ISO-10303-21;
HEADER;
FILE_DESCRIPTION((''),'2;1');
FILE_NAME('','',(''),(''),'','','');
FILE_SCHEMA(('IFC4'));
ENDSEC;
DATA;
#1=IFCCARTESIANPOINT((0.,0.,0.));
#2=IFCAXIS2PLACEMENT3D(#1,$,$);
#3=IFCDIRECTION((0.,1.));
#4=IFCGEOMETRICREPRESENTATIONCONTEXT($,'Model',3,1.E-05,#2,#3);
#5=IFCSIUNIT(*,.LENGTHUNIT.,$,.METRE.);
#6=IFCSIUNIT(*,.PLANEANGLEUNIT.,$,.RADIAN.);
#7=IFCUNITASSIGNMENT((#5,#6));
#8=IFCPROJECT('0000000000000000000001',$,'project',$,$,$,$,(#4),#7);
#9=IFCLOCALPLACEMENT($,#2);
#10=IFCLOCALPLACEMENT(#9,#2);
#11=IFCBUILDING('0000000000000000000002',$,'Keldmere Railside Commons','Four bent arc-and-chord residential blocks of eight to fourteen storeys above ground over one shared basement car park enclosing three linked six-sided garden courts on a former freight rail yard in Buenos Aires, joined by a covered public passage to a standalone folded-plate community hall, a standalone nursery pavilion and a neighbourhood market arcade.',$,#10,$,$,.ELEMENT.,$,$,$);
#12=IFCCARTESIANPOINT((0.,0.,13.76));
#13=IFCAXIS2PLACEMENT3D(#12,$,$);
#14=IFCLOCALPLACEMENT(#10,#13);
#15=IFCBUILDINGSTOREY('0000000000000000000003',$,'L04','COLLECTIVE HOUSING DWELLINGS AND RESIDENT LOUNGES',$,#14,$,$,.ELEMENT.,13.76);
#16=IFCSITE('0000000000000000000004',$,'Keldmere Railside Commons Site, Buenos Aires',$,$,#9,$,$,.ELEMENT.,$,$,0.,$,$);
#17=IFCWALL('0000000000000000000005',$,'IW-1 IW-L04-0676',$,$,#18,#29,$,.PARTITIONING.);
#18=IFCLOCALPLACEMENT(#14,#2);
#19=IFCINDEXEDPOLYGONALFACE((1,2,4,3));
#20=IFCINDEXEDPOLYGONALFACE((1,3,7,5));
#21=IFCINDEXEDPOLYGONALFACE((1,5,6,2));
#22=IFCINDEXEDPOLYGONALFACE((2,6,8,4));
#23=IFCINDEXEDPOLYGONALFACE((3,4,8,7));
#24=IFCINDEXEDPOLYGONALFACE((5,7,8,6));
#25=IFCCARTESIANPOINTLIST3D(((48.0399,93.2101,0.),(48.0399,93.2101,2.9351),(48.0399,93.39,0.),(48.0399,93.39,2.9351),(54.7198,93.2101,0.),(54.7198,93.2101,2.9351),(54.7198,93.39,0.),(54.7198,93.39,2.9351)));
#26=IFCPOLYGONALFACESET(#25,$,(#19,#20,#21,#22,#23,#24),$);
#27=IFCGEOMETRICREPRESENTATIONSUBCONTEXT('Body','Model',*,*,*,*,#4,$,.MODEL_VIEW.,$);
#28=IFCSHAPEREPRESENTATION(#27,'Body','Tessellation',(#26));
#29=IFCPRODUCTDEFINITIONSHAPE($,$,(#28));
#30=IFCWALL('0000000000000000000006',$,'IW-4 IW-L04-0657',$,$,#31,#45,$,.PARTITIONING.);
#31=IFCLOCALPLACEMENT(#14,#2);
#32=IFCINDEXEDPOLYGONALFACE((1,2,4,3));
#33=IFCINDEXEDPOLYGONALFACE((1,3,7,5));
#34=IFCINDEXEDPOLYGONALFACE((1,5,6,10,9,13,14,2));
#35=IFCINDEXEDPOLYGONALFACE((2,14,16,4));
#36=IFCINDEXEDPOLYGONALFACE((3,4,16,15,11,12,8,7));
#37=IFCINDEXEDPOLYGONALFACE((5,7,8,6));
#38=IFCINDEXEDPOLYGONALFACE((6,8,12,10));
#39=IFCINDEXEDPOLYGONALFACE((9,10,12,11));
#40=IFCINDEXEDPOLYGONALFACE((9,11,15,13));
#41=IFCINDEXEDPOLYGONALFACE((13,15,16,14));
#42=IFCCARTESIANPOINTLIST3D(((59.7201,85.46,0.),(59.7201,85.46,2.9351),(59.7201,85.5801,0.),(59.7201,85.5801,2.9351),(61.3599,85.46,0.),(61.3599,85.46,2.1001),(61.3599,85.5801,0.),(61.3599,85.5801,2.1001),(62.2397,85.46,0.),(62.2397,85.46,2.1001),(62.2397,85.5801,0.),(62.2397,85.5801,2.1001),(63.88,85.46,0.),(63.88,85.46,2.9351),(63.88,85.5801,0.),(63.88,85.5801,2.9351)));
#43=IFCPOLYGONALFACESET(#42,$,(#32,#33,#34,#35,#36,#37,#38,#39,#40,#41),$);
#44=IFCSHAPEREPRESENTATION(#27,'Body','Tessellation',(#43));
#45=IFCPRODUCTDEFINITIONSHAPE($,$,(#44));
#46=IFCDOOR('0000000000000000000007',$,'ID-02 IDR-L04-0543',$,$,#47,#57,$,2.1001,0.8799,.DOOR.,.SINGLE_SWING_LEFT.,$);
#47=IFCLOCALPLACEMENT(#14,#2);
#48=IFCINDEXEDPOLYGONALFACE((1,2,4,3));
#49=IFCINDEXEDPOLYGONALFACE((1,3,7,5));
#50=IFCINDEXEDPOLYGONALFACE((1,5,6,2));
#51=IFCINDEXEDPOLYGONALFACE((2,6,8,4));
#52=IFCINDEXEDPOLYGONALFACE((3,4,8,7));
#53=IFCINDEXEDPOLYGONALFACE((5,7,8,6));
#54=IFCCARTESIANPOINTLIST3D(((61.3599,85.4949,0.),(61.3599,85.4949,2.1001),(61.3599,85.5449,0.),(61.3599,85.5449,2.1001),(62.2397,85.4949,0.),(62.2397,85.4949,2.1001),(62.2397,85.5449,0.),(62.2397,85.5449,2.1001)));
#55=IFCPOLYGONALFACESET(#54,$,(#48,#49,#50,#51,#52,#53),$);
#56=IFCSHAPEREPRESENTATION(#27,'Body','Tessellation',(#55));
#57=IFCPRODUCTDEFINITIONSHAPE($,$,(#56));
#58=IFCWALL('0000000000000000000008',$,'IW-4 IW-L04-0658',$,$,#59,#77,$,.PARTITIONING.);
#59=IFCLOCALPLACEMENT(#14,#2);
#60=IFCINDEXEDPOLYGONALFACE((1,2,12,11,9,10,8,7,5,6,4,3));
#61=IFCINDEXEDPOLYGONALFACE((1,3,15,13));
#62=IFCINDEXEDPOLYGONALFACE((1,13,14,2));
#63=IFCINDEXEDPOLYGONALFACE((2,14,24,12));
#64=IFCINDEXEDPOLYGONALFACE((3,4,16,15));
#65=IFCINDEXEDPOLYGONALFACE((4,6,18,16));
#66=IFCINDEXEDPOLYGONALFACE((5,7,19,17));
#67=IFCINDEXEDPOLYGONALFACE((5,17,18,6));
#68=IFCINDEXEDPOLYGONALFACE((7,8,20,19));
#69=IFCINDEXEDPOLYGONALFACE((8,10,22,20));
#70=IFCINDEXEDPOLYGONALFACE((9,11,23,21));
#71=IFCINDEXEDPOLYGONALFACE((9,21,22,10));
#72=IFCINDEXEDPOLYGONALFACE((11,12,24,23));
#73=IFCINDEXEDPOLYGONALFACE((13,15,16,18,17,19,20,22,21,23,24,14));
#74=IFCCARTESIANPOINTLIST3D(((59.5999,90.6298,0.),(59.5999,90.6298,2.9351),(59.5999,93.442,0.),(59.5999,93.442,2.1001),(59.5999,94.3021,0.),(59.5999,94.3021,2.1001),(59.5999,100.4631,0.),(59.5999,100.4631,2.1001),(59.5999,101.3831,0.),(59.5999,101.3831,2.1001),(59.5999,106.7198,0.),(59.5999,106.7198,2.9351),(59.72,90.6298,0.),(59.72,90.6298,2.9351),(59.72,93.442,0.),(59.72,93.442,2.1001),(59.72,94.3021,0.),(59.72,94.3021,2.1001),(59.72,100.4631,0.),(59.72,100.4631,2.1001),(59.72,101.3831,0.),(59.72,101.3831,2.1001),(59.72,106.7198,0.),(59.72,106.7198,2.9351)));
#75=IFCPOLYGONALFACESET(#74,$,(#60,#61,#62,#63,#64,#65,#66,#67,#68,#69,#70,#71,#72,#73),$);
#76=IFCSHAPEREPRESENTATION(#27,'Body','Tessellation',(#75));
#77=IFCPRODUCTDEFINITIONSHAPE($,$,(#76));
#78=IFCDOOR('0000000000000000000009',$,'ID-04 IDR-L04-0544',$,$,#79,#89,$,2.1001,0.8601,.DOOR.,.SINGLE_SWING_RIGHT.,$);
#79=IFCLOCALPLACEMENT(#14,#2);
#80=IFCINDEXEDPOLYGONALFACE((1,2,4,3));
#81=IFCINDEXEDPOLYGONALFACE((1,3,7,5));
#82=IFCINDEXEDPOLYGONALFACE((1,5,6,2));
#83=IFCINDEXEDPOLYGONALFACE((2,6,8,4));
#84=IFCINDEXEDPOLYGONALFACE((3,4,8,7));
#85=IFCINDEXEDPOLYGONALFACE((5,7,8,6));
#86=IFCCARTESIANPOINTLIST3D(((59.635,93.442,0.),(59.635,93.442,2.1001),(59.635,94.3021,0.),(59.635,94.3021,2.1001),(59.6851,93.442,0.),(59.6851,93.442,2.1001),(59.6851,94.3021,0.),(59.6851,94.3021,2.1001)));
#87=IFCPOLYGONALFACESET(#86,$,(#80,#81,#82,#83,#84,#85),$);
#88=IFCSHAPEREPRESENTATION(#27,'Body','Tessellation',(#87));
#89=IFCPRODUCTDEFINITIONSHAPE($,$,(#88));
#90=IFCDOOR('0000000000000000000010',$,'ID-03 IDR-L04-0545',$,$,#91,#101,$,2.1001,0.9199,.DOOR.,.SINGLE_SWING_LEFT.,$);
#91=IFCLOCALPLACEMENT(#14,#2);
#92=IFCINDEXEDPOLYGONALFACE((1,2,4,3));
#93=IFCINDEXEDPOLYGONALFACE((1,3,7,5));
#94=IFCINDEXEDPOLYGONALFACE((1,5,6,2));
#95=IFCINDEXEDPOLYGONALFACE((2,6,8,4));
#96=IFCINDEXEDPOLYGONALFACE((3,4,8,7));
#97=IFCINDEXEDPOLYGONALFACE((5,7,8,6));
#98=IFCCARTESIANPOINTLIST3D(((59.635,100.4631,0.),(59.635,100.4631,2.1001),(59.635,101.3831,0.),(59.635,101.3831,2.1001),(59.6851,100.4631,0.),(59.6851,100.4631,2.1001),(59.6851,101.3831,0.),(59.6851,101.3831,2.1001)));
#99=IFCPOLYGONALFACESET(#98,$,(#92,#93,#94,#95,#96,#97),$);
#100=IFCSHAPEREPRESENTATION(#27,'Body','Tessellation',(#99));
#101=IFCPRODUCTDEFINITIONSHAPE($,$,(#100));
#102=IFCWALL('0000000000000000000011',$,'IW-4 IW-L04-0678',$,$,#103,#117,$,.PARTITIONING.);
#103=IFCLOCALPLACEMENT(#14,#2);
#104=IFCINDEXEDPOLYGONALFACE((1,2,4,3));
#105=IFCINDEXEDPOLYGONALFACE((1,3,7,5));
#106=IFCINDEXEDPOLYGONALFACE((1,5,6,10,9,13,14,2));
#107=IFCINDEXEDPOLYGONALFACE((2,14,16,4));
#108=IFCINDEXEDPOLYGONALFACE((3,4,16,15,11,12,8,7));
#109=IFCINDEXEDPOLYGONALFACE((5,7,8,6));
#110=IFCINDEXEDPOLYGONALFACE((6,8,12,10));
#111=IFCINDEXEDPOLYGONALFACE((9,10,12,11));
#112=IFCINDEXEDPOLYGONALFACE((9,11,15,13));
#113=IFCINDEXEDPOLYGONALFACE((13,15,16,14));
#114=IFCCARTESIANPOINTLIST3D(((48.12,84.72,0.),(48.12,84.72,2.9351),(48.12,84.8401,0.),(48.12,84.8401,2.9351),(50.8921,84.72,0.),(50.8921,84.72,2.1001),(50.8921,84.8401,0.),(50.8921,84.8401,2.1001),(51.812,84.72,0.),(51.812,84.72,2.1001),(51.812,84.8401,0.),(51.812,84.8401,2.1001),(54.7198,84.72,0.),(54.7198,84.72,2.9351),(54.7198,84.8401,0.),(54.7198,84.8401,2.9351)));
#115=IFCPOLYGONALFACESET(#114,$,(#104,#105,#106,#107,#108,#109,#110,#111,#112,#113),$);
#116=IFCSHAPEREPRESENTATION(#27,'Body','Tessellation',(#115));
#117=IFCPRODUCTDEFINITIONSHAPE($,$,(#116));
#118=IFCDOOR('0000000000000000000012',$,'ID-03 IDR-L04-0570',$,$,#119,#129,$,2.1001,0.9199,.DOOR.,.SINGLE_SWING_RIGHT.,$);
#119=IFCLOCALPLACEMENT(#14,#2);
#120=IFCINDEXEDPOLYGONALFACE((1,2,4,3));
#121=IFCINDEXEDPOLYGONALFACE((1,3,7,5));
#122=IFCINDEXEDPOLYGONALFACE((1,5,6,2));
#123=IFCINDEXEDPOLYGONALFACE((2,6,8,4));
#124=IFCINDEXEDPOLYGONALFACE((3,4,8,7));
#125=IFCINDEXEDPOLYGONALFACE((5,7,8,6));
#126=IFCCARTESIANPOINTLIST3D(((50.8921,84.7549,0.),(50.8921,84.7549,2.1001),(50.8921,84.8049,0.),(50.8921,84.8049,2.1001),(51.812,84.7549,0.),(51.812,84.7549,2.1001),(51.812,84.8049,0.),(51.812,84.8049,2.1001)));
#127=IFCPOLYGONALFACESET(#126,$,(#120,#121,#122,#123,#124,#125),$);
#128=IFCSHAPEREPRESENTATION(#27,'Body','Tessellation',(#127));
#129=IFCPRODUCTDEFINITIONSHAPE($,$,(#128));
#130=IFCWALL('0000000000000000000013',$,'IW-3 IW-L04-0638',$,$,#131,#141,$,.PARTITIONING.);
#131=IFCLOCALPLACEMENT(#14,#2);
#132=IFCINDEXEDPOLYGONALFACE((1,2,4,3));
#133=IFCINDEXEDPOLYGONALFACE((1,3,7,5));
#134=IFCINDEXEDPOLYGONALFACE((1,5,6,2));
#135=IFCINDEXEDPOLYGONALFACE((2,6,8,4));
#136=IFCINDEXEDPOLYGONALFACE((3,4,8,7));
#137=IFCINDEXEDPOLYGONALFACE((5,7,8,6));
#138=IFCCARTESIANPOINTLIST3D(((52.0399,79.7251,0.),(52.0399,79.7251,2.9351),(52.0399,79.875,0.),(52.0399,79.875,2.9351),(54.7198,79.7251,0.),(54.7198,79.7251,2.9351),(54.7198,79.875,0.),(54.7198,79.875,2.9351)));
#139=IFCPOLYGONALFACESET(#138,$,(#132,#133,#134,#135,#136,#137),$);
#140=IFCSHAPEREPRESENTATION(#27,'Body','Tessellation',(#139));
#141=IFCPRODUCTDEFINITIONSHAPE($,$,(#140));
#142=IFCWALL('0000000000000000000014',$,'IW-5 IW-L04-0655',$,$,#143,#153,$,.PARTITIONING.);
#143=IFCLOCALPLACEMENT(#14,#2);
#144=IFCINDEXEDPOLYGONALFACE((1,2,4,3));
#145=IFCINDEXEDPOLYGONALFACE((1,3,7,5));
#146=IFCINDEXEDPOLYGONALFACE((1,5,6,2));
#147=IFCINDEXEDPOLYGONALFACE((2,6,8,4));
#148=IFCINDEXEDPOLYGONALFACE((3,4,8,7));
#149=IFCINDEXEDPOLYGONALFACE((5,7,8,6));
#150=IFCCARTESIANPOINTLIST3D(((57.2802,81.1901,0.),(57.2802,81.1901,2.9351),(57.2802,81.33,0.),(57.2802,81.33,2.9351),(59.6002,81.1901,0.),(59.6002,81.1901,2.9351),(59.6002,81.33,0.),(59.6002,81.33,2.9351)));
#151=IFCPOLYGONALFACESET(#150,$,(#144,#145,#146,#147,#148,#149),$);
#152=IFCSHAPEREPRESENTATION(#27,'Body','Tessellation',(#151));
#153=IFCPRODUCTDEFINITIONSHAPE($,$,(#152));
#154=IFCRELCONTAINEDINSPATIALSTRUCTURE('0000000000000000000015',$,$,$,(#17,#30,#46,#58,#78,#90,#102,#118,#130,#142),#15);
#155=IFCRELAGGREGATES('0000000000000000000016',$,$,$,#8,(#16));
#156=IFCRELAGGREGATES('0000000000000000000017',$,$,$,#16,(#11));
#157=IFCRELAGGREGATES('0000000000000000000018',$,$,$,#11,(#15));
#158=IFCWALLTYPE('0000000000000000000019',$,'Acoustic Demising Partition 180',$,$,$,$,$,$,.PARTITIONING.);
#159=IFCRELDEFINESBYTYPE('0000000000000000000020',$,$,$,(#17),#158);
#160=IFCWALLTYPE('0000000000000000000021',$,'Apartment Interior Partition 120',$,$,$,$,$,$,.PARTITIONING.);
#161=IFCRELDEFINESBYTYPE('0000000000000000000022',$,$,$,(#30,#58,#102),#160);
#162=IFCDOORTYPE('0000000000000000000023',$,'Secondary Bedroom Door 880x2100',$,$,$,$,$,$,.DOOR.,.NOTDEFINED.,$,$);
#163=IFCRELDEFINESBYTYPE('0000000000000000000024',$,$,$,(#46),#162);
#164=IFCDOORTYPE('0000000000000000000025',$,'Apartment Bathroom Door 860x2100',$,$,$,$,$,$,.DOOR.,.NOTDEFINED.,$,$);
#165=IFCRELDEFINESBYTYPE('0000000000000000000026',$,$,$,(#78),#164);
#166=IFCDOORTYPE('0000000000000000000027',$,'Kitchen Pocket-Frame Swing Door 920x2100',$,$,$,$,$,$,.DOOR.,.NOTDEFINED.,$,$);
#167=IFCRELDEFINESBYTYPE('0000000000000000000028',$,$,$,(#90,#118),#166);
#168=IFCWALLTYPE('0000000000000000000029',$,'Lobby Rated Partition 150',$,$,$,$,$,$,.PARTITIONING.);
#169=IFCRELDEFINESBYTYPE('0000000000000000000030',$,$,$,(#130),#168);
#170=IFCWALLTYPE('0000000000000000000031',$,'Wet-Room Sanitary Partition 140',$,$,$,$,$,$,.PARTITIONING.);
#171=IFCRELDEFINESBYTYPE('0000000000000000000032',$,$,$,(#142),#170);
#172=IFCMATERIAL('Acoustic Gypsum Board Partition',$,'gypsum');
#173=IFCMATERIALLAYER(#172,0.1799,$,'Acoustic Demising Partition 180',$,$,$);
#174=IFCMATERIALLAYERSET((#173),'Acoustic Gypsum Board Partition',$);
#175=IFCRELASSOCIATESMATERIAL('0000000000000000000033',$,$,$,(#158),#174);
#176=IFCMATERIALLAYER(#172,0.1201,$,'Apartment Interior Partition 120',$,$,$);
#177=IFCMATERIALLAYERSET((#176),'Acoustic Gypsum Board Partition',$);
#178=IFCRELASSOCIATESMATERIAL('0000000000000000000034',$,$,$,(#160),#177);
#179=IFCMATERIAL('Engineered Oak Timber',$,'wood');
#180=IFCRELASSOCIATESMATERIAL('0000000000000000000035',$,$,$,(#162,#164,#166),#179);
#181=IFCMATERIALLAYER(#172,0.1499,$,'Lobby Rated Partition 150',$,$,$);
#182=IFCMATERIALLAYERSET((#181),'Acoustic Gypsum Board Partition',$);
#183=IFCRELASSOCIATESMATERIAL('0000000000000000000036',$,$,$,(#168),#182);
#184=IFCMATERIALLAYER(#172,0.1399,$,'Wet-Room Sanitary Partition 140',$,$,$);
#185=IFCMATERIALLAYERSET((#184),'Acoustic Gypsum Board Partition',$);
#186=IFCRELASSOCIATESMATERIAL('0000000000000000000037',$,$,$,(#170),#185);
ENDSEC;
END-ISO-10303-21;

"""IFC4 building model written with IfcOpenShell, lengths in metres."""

from ifc_helpers import new_model, si_unit, direction, frame, frame_2d, origin, place, context, subcontext, project, spatial, rectangle, extrude, material, layer, layer_set, type_object, element, fill, save


model = new_model("IFC4")

# Units and contexts
model_context = context("Model", 3, precision=1e-05, world=origin(), true_north=direction((0.0, 1.0)))
body_context = subcontext(model_context, "Body", "Model", "MODEL_VIEW")
ifc_project = project(units=[si_unit("LENGTHUNIT", "METRE"), si_unit("PLANEANGLEUNIT", "RADIAN")], contexts=[model_context])

# Site, building, storey
site_placement = place(None, origin())
site = spatial("IfcSite", under=ifc_project, at=site_placement, Name="Keldmere Railside Commons Site, Buenos Aires", CompositionType="ELEMENT", RefElevation=0.0)
building_placement = place(site_placement, origin())
building = spatial("IfcBuilding", under=site, at=building_placement, Name="Keldmere Railside Commons", Description="Four bent arc-and-chord residential blocks of eight to fourteen storeys above ground over one shared basement car park enclosing three linked six-sided garden courts on a former freight rail yard in Buenos Aires, joined by a covered public passage to a standalone folded-plate community hall, a standalone nursery pavilion and a neighbourhood market arcade.", CompositionType="ELEMENT")
storey_placement = place(building_placement, frame((0.0, 0.0, 13.76)))
storey = spatial("IfcBuildingStorey", under=building, at=storey_placement, Name="L04", Description="COLLECTIVE HOUSING DWELLINGS AND RESIDENT LOUNGES", CompositionType="ELEMENT", Elevation=13.76)

# Wall
ifc_material_1 = material(Name="Acoustic Gypsum Board Partition", Category="gypsum")
ifc_layer_1 = layer(ifc_material_1, 0.1799, Name="Acoustic Demising Partition 180")
ifc_layer_set_1 = layer_set([ifc_layer_1], Name="Acoustic Gypsum Board Partition")
wall_type_1 = type_object("IfcWallType", Name="Acoustic Demising Partition 180", PredefinedType="PARTITIONING", material=ifc_layer_set_1)
wall_1_placement = place(storey_placement, frame((48.04, 93.3, 0.0), z_axis=(0.0, 0.0, 1.0), x_axis=(1.0, 0.0, 0.0)))
element("IfcWall", 1, at=wall_1_placement, inside=storey, type_object=wall_type_1, Name="IW-1 IW-L04-0676", PredefinedType="PARTITIONING", context=body_context, shape_type="SweptSolid", body=[
    extrude(rectangle(XDim=6.6799, YDim=0.1799, at=frame_2d((3.3398, 0.0))), origin(), (0.0, 0.0, 1.0), 2.9351),
])

# Wall, opening, door
ifc_layer_2 = layer(ifc_material_1, 0.1201, Name="Apartment Interior Partition 120")
ifc_layer_set_2 = layer_set([ifc_layer_2], Name="Acoustic Gypsum Board Partition")
wall_type_2 = type_object("IfcWallType", Name="Apartment Interior Partition 120", PredefinedType="PARTITIONING", material=ifc_layer_set_2)
wall_2_placement = place(storey_placement, frame((59.72, 85.52, 0.0), z_axis=(0.0, 0.0, 1.0), x_axis=(1.0, 0.0, 0.0)))
wall_2 = element("IfcWall", 2, at=wall_2_placement, inside=storey, type_object=wall_type_2, Name="IW-4 IW-L04-0657", PredefinedType="PARTITIONING", context=body_context, shape_type="SweptSolid", body=[
    extrude(rectangle(XDim=4.1599, YDim=0.1201, at=frame_2d((2.0801, 0.0))), origin(), (0.0, 0.0, 1.0), 2.9351),
])
opening_1_placement = place(wall_2_placement, frame((1.6399, 0.0, 0.0)))
opening_1 = element("IfcOpeningElement", 3, at=opening_1_placement, cuts=wall_2, PredefinedType="OPENING", context=body_context, shape_type="SweptSolid", body=[
    extrude(rectangle(XDim=0.8799, YDim=2.1001, at=frame_2d((0.4399, 1.05))), frame((0.0, 0.0701, 0.0), z_axis=(0.0, -1.0, 0.0), x_axis=(1.0, 0.0, 0.0)), (0.0, 0.0, 1.0), 0.1401),
])
ifc_material_2 = material(Name="Engineered Oak Timber", Category="wood")
door_type_1 = type_object("IfcDoorType", Name="Secondary Bedroom Door 880x2100", OperationType="NOTDEFINED", PredefinedType="DOOR", material=ifc_material_2)
door_1_placement = place(opening_1_placement, origin())
door_1 = element("IfcDoor", 4, at=door_1_placement, inside=storey, type_object=door_type_1, Name="ID-02 IDR-L04-0543", OperationType="SINGLE_SWING_LEFT", OverallHeight=2.1001, OverallWidth=0.8799, PredefinedType="DOOR", context=body_context, shape_type="SweptSolid", body=[
    extrude(rectangle(XDim=0.8799, YDim=2.1001, at=frame_2d((0.4399, 1.05))), frame((0.0, 0.0249, 0.0), z_axis=(0.0, -1.0, 0.0), x_axis=(1.0, 0.0, 0.0)), (0.0, 0.0, 1.0), 0.05),
])
fill(opening_1, door_1)

# Wall, openings, doors
wall_3_placement = place(storey_placement, frame((59.6599, 90.6299, 0.0), z_axis=(0.0, 0.0, 1.0), x_axis=(0.0, 1.0, 0.0)))
wall_3 = element("IfcWall", 5, at=wall_3_placement, inside=storey, type_object=wall_type_2, Name="IW-4 IW-L04-0658", PredefinedType="PARTITIONING", context=body_context, shape_type="SweptSolid", body=[
    extrude(rectangle(XDim=16.0901, YDim=0.1201, at=frame_2d((8.0449, 0.0))), origin(), (0.0, 0.0, 1.0), 2.9351),
])
opening_2_placement = place(wall_3_placement, frame((2.812, 0.0, 0.0)))
opening_2 = element("IfcOpeningElement", 6, at=opening_2_placement, cuts=wall_3, PredefinedType="OPENING", context=body_context, shape_type="SweptSolid", body=[
    extrude(rectangle(XDim=0.8601, YDim=2.1001, at=frame_2d((0.4302, 1.05))), frame((0.0, 0.0701, 0.0), z_axis=(0.0, -1.0, 0.0), x_axis=(1.0, 0.0, 0.0)), (0.0, 0.0, 1.0), 0.1401),
])
opening_3_placement = place(wall_3_placement, frame((9.8333, 0.0, 0.0)))
opening_3 = element("IfcOpeningElement", 7, at=opening_3_placement, cuts=wall_3, PredefinedType="OPENING", context=body_context, shape_type="SweptSolid", body=[
    extrude(rectangle(XDim=0.9199, YDim=2.1001, at=frame_2d((0.46, 1.05))), frame((0.0, 0.0701, 0.0), z_axis=(0.0, -1.0, 0.0), x_axis=(1.0, 0.0, 0.0)), (0.0, 0.0, 1.0), 0.1401),
])
door_type_2 = type_object("IfcDoorType", Name="Apartment Bathroom Door 860x2100", OperationType="NOTDEFINED", PredefinedType="DOOR", material=ifc_material_2)
door_2_placement = place(opening_2_placement, origin())
door_2 = element("IfcDoor", 8, at=door_2_placement, inside=storey, type_object=door_type_2, Name="ID-04 IDR-L04-0544", OperationType="SINGLE_SWING_RIGHT", OverallHeight=2.1001, OverallWidth=0.8601, PredefinedType="DOOR", context=body_context, shape_type="SweptSolid", body=[
    extrude(rectangle(XDim=0.8601, YDim=2.1001, at=frame_2d((0.4302, 1.05))), frame((0.0, 0.0249, 0.0), z_axis=(0.0, -1.0, 0.0), x_axis=(1.0, 0.0, 0.0)), (0.0, 0.0, 1.0), 0.05),
])
fill(opening_2, door_2)
door_type_3 = type_object("IfcDoorType", Name="Kitchen Pocket-Frame Swing Door 920x2100", OperationType="NOTDEFINED", PredefinedType="DOOR", material=ifc_material_2)
door_3_placement = place(opening_3_placement, origin())
door_3 = element("IfcDoor", 9, at=door_3_placement, inside=storey, type_object=door_type_3, Name="ID-03 IDR-L04-0545", OperationType="SINGLE_SWING_LEFT", OverallHeight=2.1001, OverallWidth=0.9199, PredefinedType="DOOR", context=body_context, shape_type="SweptSolid", body=[
    extrude(rectangle(XDim=0.9199, YDim=2.1001, at=frame_2d((0.46, 1.05))), frame((0.0, 0.0249, 0.0), z_axis=(0.0, -1.0, 0.0), x_axis=(1.0, 0.0, 0.0)), (0.0, 0.0, 1.0), 0.05),
])
fill(opening_3, door_3)

# Wall, opening, door
wall_4_placement = place(storey_placement, frame((48.1201, 84.78, 0.0), z_axis=(0.0, 0.0, 1.0), x_axis=(1.0, 0.0, 0.0)))
wall_4 = element("IfcWall", 10, at=wall_4_placement, inside=storey, type_object=wall_type_2, Name="IW-4 IW-L04-0678", PredefinedType="PARTITIONING", context=body_context, shape_type="SweptSolid", body=[
    extrude(rectangle(XDim=6.5999, YDim=0.1201, at=frame_2d((3.2998, 0.0))), origin(), (0.0, 0.0, 1.0), 2.9351),
])
opening_4_placement = place(wall_4_placement, frame((2.772, 0.0, 0.0)))
opening_4 = element("IfcOpeningElement", 11, at=opening_4_placement, cuts=wall_4, PredefinedType="OPENING", context=body_context, shape_type="SweptSolid", body=[
    extrude(rectangle(XDim=0.9199, YDim=2.1001, at=frame_2d((0.46, 1.05))), frame((0.0, 0.0701, 0.0), z_axis=(0.0, -1.0, 0.0), x_axis=(1.0, 0.0, 0.0)), (0.0, 0.0, 1.0), 0.1401),
])
door_4_placement = place(opening_4_placement, origin())
door_4 = element("IfcDoor", 12, at=door_4_placement, inside=storey, type_object=door_type_3, Name="ID-03 IDR-L04-0570", OperationType="SINGLE_SWING_RIGHT", OverallHeight=2.1001, OverallWidth=0.9199, PredefinedType="DOOR", context=body_context, shape_type="SweptSolid", body=[
    extrude(rectangle(XDim=0.9199, YDim=2.1001, at=frame_2d((0.46, 1.05))), frame((0.0, 0.0249, 0.0), z_axis=(0.0, -1.0, 0.0), x_axis=(1.0, 0.0, 0.0)), (0.0, 0.0, 1.0), 0.05),
])
fill(opening_4, door_4)

# Walls
ifc_layer_3 = layer(ifc_material_1, 0.1499, Name="Lobby Rated Partition 150")
ifc_layer_set_3 = layer_set([ifc_layer_3], Name="Acoustic Gypsum Board Partition")
wall_type_3 = type_object("IfcWallType", Name="Lobby Rated Partition 150", PredefinedType="PARTITIONING", material=ifc_layer_set_3)
wall_5_placement = place(storey_placement, frame((52.04, 79.8, 0.0), z_axis=(0.0, 0.0, 1.0), x_axis=(1.0, 0.0, 0.0)))
element("IfcWall", 13, at=wall_5_placement, inside=storey, type_object=wall_type_3, Name="IW-3 IW-L04-0638", PredefinedType="PARTITIONING", context=body_context, shape_type="SweptSolid", body=[
    extrude(rectangle(XDim=2.6799, YDim=0.1499, at=frame_2d((1.3398, 0.0))), origin(), (0.0, 0.0, 1.0), 2.9351),
])
ifc_layer_4 = layer(ifc_material_1, 0.1399, Name="Wet-Room Sanitary Partition 140")
ifc_layer_set_4 = layer_set([ifc_layer_4], Name="Acoustic Gypsum Board Partition")
wall_type_4 = type_object("IfcWallType", Name="Wet-Room Sanitary Partition 140", PredefinedType="PARTITIONING", material=ifc_layer_set_4)
wall_6_placement = place(storey_placement, frame((57.28, 81.26, 0.0), z_axis=(0.0, 0.0, 1.0), x_axis=(1.0, 0.0, 0.0)))
element("IfcWall", 14, at=wall_6_placement, inside=storey, type_object=wall_type_4, Name="IW-5 IW-L04-0655", PredefinedType="PARTITIONING", context=body_context, shape_type="SweptSolid", body=[
    extrude(rectangle(XDim=2.3201, YDim=0.1399, at=frame_2d((1.1602, 0.0))), origin(), (0.0, 0.0, 1.0), 2.9351),
])

save(model, "model.ifc")
